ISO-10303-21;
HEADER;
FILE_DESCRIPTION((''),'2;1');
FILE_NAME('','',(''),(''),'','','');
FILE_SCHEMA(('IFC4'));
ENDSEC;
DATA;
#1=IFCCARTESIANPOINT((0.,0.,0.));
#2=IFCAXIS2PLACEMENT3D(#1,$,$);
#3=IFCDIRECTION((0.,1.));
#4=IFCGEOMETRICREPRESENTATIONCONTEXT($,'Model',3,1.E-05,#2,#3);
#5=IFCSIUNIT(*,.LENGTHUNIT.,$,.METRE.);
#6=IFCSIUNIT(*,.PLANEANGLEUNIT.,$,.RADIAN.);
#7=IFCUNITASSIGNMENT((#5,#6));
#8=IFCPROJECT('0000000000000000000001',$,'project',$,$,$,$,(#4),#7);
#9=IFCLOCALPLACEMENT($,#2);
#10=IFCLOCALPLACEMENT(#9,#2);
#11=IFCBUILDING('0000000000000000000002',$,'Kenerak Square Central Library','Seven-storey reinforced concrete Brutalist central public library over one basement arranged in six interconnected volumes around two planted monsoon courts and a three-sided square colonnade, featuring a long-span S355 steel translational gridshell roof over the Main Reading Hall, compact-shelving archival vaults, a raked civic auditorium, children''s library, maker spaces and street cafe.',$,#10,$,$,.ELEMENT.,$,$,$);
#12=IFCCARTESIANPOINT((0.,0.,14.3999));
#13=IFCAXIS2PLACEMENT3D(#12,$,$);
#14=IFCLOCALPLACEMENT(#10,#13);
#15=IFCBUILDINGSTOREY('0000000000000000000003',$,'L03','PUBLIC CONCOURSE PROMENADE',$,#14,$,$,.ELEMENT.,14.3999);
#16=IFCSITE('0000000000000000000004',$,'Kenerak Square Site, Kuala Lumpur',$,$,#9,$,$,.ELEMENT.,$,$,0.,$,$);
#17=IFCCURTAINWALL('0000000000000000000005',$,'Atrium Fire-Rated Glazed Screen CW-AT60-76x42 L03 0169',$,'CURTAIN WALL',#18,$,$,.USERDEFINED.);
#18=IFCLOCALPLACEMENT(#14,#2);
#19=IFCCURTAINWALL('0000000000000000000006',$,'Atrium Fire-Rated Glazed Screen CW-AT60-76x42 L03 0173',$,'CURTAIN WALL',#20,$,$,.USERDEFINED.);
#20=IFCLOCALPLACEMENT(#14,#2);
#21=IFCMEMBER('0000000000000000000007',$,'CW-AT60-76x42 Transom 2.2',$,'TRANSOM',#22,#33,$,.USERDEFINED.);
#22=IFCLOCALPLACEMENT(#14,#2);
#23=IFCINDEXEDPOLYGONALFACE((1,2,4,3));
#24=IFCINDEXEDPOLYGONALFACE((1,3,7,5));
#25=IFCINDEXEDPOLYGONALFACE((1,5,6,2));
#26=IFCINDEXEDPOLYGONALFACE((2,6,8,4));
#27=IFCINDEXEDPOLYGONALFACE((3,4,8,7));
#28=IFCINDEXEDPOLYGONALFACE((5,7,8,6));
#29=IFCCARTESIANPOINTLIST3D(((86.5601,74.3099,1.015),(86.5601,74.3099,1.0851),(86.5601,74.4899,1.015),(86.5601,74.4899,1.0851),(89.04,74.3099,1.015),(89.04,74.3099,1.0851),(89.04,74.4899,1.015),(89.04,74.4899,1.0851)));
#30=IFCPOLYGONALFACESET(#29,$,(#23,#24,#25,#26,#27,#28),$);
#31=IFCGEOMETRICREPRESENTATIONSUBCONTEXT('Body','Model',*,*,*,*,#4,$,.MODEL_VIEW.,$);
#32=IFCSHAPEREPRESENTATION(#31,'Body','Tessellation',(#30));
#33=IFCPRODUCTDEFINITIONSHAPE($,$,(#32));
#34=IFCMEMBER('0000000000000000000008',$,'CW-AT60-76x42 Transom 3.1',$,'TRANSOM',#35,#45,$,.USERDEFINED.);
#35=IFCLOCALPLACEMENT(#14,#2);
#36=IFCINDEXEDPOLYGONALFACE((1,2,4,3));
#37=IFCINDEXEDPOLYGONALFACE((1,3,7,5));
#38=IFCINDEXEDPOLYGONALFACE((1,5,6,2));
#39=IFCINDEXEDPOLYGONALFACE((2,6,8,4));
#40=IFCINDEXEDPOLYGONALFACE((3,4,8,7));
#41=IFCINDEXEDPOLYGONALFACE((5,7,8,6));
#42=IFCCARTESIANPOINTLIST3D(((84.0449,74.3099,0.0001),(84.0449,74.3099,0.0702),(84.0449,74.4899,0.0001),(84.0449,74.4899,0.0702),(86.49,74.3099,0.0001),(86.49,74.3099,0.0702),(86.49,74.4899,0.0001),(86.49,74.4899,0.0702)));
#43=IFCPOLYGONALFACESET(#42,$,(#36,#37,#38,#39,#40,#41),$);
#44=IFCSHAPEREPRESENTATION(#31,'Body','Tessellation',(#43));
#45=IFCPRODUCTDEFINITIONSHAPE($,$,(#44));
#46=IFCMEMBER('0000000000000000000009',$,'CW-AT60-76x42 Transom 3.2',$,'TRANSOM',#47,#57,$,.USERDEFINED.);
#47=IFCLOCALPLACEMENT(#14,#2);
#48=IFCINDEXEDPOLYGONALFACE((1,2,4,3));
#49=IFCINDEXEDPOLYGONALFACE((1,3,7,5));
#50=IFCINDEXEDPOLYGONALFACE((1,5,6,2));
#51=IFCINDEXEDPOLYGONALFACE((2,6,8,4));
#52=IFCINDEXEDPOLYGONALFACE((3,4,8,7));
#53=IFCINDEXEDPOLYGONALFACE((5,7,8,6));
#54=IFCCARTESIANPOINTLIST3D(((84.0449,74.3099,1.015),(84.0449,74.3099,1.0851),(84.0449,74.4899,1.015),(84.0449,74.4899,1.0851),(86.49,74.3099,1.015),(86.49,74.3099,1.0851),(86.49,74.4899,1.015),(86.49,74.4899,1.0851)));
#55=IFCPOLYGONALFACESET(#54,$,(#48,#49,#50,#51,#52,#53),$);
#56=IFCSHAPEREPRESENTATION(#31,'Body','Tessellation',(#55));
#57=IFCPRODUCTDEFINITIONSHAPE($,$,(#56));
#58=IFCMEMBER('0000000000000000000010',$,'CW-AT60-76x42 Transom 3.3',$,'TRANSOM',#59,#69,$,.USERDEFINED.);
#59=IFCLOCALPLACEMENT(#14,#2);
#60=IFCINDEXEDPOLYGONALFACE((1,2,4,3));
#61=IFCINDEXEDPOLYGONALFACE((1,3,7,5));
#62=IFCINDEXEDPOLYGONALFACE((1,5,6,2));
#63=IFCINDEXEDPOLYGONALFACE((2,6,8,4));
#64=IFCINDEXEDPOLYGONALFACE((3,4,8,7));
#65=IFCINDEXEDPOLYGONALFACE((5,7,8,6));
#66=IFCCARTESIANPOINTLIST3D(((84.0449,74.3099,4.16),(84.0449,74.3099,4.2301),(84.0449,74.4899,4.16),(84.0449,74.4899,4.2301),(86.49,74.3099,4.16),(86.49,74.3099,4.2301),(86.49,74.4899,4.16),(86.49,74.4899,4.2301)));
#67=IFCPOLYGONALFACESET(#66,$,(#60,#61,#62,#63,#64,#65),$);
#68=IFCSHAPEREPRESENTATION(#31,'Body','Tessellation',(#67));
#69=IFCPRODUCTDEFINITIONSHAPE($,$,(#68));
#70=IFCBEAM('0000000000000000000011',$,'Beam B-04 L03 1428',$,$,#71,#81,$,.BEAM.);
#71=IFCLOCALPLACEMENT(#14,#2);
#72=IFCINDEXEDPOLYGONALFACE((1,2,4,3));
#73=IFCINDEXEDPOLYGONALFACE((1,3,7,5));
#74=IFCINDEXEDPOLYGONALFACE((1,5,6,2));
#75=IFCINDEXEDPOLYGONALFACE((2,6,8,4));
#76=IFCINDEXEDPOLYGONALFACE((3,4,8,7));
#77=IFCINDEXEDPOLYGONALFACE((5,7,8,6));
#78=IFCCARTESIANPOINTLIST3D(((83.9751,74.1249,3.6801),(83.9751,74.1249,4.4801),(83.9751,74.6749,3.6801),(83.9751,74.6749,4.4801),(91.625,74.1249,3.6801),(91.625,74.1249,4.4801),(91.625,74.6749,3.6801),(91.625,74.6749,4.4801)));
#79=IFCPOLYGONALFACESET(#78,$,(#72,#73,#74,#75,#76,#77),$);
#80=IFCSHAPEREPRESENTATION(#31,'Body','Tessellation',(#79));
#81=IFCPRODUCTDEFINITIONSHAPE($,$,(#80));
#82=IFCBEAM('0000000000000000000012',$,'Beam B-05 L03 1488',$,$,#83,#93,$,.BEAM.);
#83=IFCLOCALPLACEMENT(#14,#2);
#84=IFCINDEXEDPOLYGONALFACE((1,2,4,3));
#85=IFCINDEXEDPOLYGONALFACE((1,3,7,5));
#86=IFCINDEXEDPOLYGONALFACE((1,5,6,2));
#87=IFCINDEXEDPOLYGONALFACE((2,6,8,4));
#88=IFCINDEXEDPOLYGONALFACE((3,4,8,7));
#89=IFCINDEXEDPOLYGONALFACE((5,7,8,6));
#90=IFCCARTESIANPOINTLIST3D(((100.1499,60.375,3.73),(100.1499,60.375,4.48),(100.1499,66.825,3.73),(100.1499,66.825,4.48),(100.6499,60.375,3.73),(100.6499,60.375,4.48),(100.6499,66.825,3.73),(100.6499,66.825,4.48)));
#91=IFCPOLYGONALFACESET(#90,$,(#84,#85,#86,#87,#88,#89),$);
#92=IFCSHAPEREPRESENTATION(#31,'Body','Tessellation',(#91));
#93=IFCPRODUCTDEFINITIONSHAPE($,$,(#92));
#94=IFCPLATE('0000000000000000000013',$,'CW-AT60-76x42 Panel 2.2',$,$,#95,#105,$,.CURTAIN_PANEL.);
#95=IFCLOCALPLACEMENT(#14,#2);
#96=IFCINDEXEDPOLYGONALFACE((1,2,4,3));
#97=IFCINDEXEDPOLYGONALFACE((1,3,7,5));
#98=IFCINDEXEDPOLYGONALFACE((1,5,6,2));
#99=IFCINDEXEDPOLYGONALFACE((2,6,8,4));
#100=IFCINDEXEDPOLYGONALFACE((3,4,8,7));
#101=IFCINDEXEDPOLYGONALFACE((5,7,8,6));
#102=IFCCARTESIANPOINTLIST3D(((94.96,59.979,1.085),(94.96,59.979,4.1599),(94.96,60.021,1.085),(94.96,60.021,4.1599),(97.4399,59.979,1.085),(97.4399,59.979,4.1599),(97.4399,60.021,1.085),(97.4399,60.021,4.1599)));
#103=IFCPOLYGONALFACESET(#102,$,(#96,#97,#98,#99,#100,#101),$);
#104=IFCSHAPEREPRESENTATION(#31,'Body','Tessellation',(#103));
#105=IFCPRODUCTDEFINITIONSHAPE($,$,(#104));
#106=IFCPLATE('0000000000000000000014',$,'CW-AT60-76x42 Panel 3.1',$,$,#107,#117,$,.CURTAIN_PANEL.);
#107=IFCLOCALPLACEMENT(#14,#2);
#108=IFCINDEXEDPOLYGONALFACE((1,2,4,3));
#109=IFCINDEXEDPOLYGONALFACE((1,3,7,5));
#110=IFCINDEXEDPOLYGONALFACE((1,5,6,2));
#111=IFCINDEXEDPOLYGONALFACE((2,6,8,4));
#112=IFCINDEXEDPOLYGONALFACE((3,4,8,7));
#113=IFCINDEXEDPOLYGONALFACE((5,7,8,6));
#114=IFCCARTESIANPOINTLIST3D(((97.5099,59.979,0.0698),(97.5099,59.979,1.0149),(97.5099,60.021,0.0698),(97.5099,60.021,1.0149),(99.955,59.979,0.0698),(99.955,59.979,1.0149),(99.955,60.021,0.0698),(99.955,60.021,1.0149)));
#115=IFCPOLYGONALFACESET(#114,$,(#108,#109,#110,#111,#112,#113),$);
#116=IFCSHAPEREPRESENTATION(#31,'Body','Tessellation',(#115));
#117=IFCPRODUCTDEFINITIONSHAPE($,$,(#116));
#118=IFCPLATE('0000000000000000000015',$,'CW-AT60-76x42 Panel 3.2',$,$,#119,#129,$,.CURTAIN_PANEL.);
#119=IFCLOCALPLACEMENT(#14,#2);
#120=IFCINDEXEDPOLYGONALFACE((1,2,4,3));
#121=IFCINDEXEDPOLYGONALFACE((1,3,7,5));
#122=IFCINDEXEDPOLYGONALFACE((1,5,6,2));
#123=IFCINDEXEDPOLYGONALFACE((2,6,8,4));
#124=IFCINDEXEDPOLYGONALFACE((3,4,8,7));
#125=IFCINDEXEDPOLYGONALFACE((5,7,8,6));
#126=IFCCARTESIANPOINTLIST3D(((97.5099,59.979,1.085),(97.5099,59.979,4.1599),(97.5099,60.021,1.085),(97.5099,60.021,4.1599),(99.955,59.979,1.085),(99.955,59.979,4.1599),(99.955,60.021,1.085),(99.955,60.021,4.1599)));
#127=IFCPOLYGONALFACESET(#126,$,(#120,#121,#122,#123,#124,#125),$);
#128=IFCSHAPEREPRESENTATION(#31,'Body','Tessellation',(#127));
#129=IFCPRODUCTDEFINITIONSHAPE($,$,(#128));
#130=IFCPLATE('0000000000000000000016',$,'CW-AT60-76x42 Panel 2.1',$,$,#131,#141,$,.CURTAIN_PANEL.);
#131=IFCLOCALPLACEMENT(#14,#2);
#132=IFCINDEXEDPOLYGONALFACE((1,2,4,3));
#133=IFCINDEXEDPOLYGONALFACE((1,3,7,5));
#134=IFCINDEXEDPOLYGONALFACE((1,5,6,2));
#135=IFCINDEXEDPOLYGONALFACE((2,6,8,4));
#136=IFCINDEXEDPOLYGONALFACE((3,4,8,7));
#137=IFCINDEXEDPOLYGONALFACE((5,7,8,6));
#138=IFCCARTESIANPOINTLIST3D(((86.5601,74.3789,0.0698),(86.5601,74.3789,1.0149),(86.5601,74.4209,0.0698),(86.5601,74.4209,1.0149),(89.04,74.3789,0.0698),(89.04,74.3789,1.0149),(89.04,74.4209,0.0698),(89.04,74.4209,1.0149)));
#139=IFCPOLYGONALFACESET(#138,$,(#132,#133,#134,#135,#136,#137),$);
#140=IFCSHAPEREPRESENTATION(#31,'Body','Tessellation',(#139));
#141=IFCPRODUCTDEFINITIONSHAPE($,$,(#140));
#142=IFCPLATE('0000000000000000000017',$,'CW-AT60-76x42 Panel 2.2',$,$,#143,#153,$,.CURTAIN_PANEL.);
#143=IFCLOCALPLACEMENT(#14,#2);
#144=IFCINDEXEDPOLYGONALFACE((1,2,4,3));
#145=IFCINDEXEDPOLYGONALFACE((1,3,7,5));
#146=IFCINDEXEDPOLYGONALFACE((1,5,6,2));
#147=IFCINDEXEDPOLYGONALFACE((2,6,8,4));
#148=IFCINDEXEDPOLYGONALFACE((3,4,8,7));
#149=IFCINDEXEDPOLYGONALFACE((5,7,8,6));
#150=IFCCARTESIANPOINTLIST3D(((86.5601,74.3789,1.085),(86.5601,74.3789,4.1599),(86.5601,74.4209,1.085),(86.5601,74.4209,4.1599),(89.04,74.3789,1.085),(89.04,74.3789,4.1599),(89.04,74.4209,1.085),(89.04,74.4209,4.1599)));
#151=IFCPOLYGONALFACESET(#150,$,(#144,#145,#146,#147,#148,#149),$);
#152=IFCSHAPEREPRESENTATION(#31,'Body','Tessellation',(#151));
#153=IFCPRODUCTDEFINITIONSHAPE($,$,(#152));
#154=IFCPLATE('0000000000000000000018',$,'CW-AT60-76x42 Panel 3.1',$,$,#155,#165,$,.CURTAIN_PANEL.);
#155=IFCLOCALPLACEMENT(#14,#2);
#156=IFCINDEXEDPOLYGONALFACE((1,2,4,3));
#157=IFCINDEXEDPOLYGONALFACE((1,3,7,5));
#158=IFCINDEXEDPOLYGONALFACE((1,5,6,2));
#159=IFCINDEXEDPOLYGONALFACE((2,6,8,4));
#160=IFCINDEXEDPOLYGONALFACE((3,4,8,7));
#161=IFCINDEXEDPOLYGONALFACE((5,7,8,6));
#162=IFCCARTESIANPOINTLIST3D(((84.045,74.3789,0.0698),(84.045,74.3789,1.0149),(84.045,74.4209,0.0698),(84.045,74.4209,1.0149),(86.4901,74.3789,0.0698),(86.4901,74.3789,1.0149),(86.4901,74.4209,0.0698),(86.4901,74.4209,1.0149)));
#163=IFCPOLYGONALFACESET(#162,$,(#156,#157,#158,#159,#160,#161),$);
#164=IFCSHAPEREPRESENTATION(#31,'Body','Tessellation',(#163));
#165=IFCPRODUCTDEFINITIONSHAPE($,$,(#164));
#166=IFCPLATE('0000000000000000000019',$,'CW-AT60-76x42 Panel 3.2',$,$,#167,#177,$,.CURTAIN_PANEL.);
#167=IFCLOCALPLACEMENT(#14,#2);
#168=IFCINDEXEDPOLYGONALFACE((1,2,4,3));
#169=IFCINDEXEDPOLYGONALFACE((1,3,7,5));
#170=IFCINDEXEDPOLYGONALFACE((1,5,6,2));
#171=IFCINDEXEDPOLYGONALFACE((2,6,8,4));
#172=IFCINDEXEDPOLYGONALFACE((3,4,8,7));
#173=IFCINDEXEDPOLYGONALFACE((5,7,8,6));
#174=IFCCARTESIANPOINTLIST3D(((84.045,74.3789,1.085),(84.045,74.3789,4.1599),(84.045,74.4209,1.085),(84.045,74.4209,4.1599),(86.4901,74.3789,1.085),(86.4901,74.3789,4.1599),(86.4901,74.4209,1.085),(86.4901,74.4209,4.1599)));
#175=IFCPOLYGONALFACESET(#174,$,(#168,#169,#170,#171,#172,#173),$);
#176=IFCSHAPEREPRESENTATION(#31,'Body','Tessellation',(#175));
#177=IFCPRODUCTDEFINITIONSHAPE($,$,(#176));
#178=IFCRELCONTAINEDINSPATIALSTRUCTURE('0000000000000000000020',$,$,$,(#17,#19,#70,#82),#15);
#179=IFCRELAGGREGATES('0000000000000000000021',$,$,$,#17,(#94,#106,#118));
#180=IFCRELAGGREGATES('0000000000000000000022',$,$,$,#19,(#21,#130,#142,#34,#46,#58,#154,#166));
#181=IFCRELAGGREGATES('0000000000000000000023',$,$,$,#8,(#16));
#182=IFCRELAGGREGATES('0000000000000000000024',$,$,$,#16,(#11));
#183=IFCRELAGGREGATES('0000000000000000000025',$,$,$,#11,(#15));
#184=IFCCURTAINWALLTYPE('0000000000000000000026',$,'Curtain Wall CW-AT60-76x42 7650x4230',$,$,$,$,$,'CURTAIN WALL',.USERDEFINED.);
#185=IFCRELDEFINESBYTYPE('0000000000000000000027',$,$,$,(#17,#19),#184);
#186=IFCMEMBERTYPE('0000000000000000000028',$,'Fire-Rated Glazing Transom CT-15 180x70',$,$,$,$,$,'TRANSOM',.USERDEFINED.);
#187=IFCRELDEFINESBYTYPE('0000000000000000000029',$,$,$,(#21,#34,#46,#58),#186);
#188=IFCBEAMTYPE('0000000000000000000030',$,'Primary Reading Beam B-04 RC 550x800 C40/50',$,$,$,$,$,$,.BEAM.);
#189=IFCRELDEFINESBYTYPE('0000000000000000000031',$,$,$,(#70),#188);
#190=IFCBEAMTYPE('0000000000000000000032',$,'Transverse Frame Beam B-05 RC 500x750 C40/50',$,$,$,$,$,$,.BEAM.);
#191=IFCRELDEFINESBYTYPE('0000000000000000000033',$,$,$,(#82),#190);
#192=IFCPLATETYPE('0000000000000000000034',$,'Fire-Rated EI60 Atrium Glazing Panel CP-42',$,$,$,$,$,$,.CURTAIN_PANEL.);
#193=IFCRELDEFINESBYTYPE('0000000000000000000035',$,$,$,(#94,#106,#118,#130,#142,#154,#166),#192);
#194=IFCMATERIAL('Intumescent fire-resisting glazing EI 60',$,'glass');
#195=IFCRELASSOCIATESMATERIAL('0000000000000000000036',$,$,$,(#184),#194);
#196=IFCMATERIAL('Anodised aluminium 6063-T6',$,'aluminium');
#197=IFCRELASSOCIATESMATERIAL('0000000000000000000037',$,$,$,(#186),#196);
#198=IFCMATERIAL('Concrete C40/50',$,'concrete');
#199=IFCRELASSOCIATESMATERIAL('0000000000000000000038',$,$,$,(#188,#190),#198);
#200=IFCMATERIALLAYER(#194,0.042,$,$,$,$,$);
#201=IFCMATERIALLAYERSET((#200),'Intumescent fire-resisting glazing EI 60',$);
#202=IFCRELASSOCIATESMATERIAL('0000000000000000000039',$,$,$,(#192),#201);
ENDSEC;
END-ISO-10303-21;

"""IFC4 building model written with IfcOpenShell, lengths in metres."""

from ifc_helpers import new_model, si_unit, direction, frame, origin, origin_2d, place, context, subcontext, project, spatial, rectangle, extrude, material, layer, layer_set, material_profile, profile_set, type_object, element, aggregate, save


model = new_model("IFC4")

# Units and contexts
model_context = context("Model", 3, precision=1e-05, world=origin(), true_north=direction((0.0, 1.0)))
body_context = subcontext(model_context, "Body", "Model", "MODEL_VIEW")
ifc_project = project(units=[si_unit("LENGTHUNIT", "METRE"), si_unit("PLANEANGLEUNIT", "RADIAN")], contexts=[model_context])

# Site, building, storey
site_placement = place(None, origin())
site = spatial("IfcSite", under=ifc_project, at=site_placement, Name="Kenerak Square Site, Kuala Lumpur", CompositionType="ELEMENT", RefElevation=0.0)
building_placement = place(site_placement, origin())
building = spatial("IfcBuilding", under=site, at=building_placement, Name="Kenerak Square Central Library", Description="Seven-storey reinforced concrete Brutalist central public library over one basement arranged in six interconnected volumes around two planted monsoon courts and a three-sided square colonnade, featuring a long-span S355 steel translational gridshell roof over the Main Reading Hall, compact-shelving archival vaults, a raked civic auditorium, children's library, maker spaces and street cafe.", CompositionType="ELEMENT")
storey_placement = place(building_placement, frame((0.0, 0.0, 14.3999)))
storey = spatial("IfcBuildingStorey", under=building, at=storey_placement, Name="L03", Description="PUBLIC CONCOURSE PROMENADE", CompositionType="ELEMENT", Elevation=14.3999)

# Shared definitions
ifc_material_1 = material(Name="Concrete C40/50", Category="concrete")

# Curtain wall
ifc_material_2 = material(Name="Intumescent fire-resisting glazing EI 60", Category="glass")
curtain_wall_type_1 = type_object("IfcCurtainWallType", Name="Curtain Wall CW-AT60-76x42 7650x4230", ElementType="CURTAIN WALL", PredefinedType="USERDEFINED", material=ifc_material_2)
curtain_wall_1_placement = place(storey_placement, origin())
curtain_wall_1 = element("IfcCurtainWall", 1, at=curtain_wall_1_placement, inside=storey, type_object=curtain_wall_type_1, Name="Atrium Fire-Rated Glazed Screen CW-AT60-76x42 L03 0169", ObjectType="CURTAIN WALL", PredefinedType="USERDEFINED")
ifc_material_3 = material(Name="Anodised aluminium 6063-T6", Category="aluminium")

# Curtain wall
curtain_wall_2_placement = place(storey_placement, origin())
curtain_wall_2 = element("IfcCurtainWall", 2, at=curtain_wall_2_placement, inside=storey, type_object=curtain_wall_type_1, Name="Atrium Fire-Rated Glazed Screen CW-AT60-76x42 L03 0173", ObjectType="CURTAIN WALL", PredefinedType="USERDEFINED")

# Members
ifc_material_profile_1 = material_profile(ifc_material_3, rectangle(XDim=0.1799, YDim=0.0701, at=origin_2d()), Name="AL TRANSOM 180x70")
ifc_profile_set_1 = profile_set([ifc_material_profile_1], Name="Anodised aluminium 6063-T6")
member_type_1 = type_object("IfcMemberType", Name="Fire-Rated Glazing Transom CT-15 180x70", ElementType="TRANSOM", PredefinedType="USERDEFINED", material=ifc_profile_set_1)
member_1_placement = place(storey_placement, frame((89.04, 74.3999, 1.05), z_axis=(-1.0, 0.0, 0.0), x_axis=(0.0, -1.0, 0.0)))
member_1 = element("IfcMember", 3, at=member_1_placement, type_object=member_type_1, Name="CW-AT60-76x42 Transom 2.2", ObjectType="TRANSOM", PredefinedType="USERDEFINED", context=body_context, shape_type="SweptSolid", body=[
    extrude(rectangle(XDim=0.1799, YDim=0.0701, at=origin_2d()), origin(), (0.0, 0.0, 1.0), 2.48),
])
member_2_placement = place(storey_placement, frame((86.49, 74.3999, 0.0352), z_axis=(-1.0, 0.0, 0.0), x_axis=(0.0, -1.0, 0.0)))
member_2 = element("IfcMember", 4, at=member_2_placement, type_object=member_type_1, Name="CW-AT60-76x42 Transom 3.1", ObjectType="TRANSOM", PredefinedType="USERDEFINED", context=body_context, shape_type="SweptSolid", body=[
    extrude(rectangle(XDim=0.1799, YDim=0.0701, at=origin_2d()), origin(), (0.0, 0.0, 1.0), 2.4451),
])
member_3_placement = place(storey_placement, frame((86.49, 74.3999, 1.05), z_axis=(-1.0, 0.0, 0.0), x_axis=(0.0, -1.0, 0.0)))
member_3 = element("IfcMember", 5, at=member_3_placement, type_object=member_type_1, Name="CW-AT60-76x42 Transom 3.2", ObjectType="TRANSOM", PredefinedType="USERDEFINED", context=body_context, shape_type="SweptSolid", body=[
    extrude(rectangle(XDim=0.1799, YDim=0.0701, at=origin_2d()), origin(), (0.0, 0.0, 1.0), 2.4451),
])
member_4_placement = place(storey_placement, frame((86.49, 74.3999, 4.1951), z_axis=(-1.0, 0.0, 0.0), x_axis=(0.0, -1.0, 0.0)))
member_4 = element("IfcMember", 6, at=member_4_placement, type_object=member_type_1, Name="CW-AT60-76x42 Transom 3.3", ObjectType="TRANSOM", PredefinedType="USERDEFINED", context=body_context, shape_type="SweptSolid", body=[
    extrude(rectangle(XDim=0.1799, YDim=0.0701, at=origin_2d()), origin(), (0.0, 0.0, 1.0), 2.4451),
])

# Beams
ifc_material_profile_2 = material_profile(ifc_material_1, rectangle(XDim=0.55, YDim=0.8, at=origin_2d()), Name="RC 550x800")
ifc_profile_set_2 = profile_set([ifc_material_profile_2], Name="Concrete C40/50")
beam_type_1 = type_object("IfcBeamType", Name="Primary Reading Beam B-04 RC 550x800 C40/50", PredefinedType="BEAM", material=ifc_profile_set_2)
beam_1_placement = place(storey_placement, frame((83.9751, 74.3999, 4.0801), z_axis=(1.0, 0.0, 0.0), x_axis=(0.0, 1.0, 0.0)))
element("IfcBeam", 7, at=beam_1_placement, inside=storey, type_object=beam_type_1, Name="Beam B-04 L03 1428", PredefinedType="BEAM", context=body_context, shape_type="SweptSolid", body=[
    extrude(rectangle(XDim=0.55, YDim=0.8, at=origin_2d()), origin(), (0.0, 0.0, 1.0), 7.6499),
])
ifc_material_profile_3 = material_profile(ifc_material_1, rectangle(XDim=0.5, YDim=0.75, at=origin_2d()), Name="RC 500x750")
ifc_profile_set_3 = profile_set([ifc_material_profile_3], Name="Concrete C40/50")
beam_type_2 = type_object("IfcBeamType", Name="Transverse Frame Beam B-05 RC 500x750 C40/50", PredefinedType="BEAM", material=ifc_profile_set_3)
beam_2_placement = place(storey_placement, frame((100.3999, 60.375, 4.105), z_axis=(0.0, 1.0, 0.0), x_axis=(-1.0, 0.0, 0.0)))
element("IfcBeam", 8, at=beam_2_placement, inside=storey, type_object=beam_type_2, Name="Beam B-05 L03 1488", PredefinedType="BEAM", context=body_context, shape_type="SweptSolid", body=[
    extrude(rectangle(XDim=0.5, YDim=0.75, at=origin_2d()), origin(), (0.0, 0.0, 1.0), 6.45),
])

# Plates
ifc_layer = layer(ifc_material_2, 0.042)
ifc_layer_set = layer_set([ifc_layer], Name="Intumescent fire-resisting glazing EI 60")
plate_type = type_object("IfcPlateType", Name="Fire-Rated EI60 Atrium Glazing Panel CP-42", PredefinedType="CURTAIN_PANEL", material=ifc_layer_set)
plate_1_placement = place(storey_placement, frame((96.2, 60.0, 1.085), z_axis=(0.0, 0.0, 1.0), x_axis=(1.0, 0.0, 0.0)))
plate_1 = element("IfcPlate", 9, at=plate_1_placement, type_object=plate_type, Name="CW-AT60-76x42 Panel 2.2", PredefinedType="CURTAIN_PANEL", context=body_context, shape_type="SweptSolid", body=[
    extrude(rectangle(XDim=2.48, YDim=0.042, at=origin_2d()), origin(), (0.0, 0.0, 1.0), 3.075),
])
plate_2_placement = place(storey_placement, frame((98.7324, 60.0, 0.0698), z_axis=(0.0, 0.0, 1.0), x_axis=(1.0, 0.0, 0.0)))
plate_2 = element("IfcPlate", 10, at=plate_2_placement, type_object=plate_type, Name="CW-AT60-76x42 Panel 3.1", PredefinedType="CURTAIN_PANEL", context=body_context, shape_type="SweptSolid", body=[
    extrude(rectangle(XDim=2.4451, YDim=0.042, at=origin_2d()), origin(), (0.0, 0.0, 1.0), 0.9451),
])
plate_3_placement = place(storey_placement, frame((98.7324, 60.0, 1.085), z_axis=(0.0, 0.0, 1.0), x_axis=(1.0, 0.0, 0.0)))
plate_3 = element("IfcPlate", 11, at=plate_3_placement, type_object=plate_type, Name="CW-AT60-76x42 Panel 3.2", PredefinedType="CURTAIN_PANEL", context=body_context, shape_type="SweptSolid", body=[
    extrude(rectangle(XDim=2.4451, YDim=0.042, at=origin_2d()), origin(), (0.0, 0.0, 1.0), 3.075),
])
aggregate(curtain_wall_1, [plate_1, plate_2, plate_3])
plate_4_placement = place(storey_placement, frame((87.8, 74.3999, 0.0698), z_axis=(0.0, 0.0, 1.0), x_axis=(-1.0, 0.0, 0.0)))
plate_4 = element("IfcPlate", 12, at=plate_4_placement, type_object=plate_type, Name="CW-AT60-76x42 Panel 2.1", PredefinedType="CURTAIN_PANEL", context=body_context, shape_type="SweptSolid", body=[
    extrude(rectangle(XDim=2.48, YDim=0.042, at=origin_2d()), origin(), (0.0, 0.0, 1.0), 0.9451),
])
plate_5_placement = place(storey_placement, frame((87.8, 74.3999, 1.085), z_axis=(0.0, 0.0, 1.0), x_axis=(-1.0, 0.0, 0.0)))
plate_5 = element("IfcPlate", 13, at=plate_5_placement, type_object=plate_type, Name="CW-AT60-76x42 Panel 2.2", PredefinedType="CURTAIN_PANEL", context=body_context, shape_type="SweptSolid", body=[
    extrude(rectangle(XDim=2.48, YDim=0.042, at=origin_2d()), origin(), (0.0, 0.0, 1.0), 3.075),
])
plate_6_placement = place(storey_placement, frame((85.2676, 74.3999, 0.0698), z_axis=(0.0, 0.0, 1.0), x_axis=(-1.0, 0.0, 0.0)))
plate_6 = element("IfcPlate", 14, at=plate_6_placement, type_object=plate_type, Name="CW-AT60-76x42 Panel 3.1", PredefinedType="CURTAIN_PANEL", context=body_context, shape_type="SweptSolid", body=[
    extrude(rectangle(XDim=2.4451, YDim=0.042, at=origin_2d()), origin(), (0.0, 0.0, 1.0), 0.9451),
])
plate_7_placement = place(storey_placement, frame((85.2676, 74.3999, 1.085), z_axis=(0.0, 0.0, 1.0), x_axis=(-1.0, 0.0, 0.0)))
plate_7 = element("IfcPlate", 15, at=plate_7_placement, type_object=plate_type, Name="CW-AT60-76x42 Panel 3.2", PredefinedType="CURTAIN_PANEL", context=body_context, shape_type="SweptSolid", body=[
    extrude(rectangle(XDim=2.4451, YDim=0.042, at=origin_2d()), origin(), (0.0, 0.0, 1.0), 3.075),
])
aggregate(curtain_wall_2, [member_1, plate_4, plate_5, member_2, member_3, member_4, plate_6, plate_7])

save(model, "model.ifc")
